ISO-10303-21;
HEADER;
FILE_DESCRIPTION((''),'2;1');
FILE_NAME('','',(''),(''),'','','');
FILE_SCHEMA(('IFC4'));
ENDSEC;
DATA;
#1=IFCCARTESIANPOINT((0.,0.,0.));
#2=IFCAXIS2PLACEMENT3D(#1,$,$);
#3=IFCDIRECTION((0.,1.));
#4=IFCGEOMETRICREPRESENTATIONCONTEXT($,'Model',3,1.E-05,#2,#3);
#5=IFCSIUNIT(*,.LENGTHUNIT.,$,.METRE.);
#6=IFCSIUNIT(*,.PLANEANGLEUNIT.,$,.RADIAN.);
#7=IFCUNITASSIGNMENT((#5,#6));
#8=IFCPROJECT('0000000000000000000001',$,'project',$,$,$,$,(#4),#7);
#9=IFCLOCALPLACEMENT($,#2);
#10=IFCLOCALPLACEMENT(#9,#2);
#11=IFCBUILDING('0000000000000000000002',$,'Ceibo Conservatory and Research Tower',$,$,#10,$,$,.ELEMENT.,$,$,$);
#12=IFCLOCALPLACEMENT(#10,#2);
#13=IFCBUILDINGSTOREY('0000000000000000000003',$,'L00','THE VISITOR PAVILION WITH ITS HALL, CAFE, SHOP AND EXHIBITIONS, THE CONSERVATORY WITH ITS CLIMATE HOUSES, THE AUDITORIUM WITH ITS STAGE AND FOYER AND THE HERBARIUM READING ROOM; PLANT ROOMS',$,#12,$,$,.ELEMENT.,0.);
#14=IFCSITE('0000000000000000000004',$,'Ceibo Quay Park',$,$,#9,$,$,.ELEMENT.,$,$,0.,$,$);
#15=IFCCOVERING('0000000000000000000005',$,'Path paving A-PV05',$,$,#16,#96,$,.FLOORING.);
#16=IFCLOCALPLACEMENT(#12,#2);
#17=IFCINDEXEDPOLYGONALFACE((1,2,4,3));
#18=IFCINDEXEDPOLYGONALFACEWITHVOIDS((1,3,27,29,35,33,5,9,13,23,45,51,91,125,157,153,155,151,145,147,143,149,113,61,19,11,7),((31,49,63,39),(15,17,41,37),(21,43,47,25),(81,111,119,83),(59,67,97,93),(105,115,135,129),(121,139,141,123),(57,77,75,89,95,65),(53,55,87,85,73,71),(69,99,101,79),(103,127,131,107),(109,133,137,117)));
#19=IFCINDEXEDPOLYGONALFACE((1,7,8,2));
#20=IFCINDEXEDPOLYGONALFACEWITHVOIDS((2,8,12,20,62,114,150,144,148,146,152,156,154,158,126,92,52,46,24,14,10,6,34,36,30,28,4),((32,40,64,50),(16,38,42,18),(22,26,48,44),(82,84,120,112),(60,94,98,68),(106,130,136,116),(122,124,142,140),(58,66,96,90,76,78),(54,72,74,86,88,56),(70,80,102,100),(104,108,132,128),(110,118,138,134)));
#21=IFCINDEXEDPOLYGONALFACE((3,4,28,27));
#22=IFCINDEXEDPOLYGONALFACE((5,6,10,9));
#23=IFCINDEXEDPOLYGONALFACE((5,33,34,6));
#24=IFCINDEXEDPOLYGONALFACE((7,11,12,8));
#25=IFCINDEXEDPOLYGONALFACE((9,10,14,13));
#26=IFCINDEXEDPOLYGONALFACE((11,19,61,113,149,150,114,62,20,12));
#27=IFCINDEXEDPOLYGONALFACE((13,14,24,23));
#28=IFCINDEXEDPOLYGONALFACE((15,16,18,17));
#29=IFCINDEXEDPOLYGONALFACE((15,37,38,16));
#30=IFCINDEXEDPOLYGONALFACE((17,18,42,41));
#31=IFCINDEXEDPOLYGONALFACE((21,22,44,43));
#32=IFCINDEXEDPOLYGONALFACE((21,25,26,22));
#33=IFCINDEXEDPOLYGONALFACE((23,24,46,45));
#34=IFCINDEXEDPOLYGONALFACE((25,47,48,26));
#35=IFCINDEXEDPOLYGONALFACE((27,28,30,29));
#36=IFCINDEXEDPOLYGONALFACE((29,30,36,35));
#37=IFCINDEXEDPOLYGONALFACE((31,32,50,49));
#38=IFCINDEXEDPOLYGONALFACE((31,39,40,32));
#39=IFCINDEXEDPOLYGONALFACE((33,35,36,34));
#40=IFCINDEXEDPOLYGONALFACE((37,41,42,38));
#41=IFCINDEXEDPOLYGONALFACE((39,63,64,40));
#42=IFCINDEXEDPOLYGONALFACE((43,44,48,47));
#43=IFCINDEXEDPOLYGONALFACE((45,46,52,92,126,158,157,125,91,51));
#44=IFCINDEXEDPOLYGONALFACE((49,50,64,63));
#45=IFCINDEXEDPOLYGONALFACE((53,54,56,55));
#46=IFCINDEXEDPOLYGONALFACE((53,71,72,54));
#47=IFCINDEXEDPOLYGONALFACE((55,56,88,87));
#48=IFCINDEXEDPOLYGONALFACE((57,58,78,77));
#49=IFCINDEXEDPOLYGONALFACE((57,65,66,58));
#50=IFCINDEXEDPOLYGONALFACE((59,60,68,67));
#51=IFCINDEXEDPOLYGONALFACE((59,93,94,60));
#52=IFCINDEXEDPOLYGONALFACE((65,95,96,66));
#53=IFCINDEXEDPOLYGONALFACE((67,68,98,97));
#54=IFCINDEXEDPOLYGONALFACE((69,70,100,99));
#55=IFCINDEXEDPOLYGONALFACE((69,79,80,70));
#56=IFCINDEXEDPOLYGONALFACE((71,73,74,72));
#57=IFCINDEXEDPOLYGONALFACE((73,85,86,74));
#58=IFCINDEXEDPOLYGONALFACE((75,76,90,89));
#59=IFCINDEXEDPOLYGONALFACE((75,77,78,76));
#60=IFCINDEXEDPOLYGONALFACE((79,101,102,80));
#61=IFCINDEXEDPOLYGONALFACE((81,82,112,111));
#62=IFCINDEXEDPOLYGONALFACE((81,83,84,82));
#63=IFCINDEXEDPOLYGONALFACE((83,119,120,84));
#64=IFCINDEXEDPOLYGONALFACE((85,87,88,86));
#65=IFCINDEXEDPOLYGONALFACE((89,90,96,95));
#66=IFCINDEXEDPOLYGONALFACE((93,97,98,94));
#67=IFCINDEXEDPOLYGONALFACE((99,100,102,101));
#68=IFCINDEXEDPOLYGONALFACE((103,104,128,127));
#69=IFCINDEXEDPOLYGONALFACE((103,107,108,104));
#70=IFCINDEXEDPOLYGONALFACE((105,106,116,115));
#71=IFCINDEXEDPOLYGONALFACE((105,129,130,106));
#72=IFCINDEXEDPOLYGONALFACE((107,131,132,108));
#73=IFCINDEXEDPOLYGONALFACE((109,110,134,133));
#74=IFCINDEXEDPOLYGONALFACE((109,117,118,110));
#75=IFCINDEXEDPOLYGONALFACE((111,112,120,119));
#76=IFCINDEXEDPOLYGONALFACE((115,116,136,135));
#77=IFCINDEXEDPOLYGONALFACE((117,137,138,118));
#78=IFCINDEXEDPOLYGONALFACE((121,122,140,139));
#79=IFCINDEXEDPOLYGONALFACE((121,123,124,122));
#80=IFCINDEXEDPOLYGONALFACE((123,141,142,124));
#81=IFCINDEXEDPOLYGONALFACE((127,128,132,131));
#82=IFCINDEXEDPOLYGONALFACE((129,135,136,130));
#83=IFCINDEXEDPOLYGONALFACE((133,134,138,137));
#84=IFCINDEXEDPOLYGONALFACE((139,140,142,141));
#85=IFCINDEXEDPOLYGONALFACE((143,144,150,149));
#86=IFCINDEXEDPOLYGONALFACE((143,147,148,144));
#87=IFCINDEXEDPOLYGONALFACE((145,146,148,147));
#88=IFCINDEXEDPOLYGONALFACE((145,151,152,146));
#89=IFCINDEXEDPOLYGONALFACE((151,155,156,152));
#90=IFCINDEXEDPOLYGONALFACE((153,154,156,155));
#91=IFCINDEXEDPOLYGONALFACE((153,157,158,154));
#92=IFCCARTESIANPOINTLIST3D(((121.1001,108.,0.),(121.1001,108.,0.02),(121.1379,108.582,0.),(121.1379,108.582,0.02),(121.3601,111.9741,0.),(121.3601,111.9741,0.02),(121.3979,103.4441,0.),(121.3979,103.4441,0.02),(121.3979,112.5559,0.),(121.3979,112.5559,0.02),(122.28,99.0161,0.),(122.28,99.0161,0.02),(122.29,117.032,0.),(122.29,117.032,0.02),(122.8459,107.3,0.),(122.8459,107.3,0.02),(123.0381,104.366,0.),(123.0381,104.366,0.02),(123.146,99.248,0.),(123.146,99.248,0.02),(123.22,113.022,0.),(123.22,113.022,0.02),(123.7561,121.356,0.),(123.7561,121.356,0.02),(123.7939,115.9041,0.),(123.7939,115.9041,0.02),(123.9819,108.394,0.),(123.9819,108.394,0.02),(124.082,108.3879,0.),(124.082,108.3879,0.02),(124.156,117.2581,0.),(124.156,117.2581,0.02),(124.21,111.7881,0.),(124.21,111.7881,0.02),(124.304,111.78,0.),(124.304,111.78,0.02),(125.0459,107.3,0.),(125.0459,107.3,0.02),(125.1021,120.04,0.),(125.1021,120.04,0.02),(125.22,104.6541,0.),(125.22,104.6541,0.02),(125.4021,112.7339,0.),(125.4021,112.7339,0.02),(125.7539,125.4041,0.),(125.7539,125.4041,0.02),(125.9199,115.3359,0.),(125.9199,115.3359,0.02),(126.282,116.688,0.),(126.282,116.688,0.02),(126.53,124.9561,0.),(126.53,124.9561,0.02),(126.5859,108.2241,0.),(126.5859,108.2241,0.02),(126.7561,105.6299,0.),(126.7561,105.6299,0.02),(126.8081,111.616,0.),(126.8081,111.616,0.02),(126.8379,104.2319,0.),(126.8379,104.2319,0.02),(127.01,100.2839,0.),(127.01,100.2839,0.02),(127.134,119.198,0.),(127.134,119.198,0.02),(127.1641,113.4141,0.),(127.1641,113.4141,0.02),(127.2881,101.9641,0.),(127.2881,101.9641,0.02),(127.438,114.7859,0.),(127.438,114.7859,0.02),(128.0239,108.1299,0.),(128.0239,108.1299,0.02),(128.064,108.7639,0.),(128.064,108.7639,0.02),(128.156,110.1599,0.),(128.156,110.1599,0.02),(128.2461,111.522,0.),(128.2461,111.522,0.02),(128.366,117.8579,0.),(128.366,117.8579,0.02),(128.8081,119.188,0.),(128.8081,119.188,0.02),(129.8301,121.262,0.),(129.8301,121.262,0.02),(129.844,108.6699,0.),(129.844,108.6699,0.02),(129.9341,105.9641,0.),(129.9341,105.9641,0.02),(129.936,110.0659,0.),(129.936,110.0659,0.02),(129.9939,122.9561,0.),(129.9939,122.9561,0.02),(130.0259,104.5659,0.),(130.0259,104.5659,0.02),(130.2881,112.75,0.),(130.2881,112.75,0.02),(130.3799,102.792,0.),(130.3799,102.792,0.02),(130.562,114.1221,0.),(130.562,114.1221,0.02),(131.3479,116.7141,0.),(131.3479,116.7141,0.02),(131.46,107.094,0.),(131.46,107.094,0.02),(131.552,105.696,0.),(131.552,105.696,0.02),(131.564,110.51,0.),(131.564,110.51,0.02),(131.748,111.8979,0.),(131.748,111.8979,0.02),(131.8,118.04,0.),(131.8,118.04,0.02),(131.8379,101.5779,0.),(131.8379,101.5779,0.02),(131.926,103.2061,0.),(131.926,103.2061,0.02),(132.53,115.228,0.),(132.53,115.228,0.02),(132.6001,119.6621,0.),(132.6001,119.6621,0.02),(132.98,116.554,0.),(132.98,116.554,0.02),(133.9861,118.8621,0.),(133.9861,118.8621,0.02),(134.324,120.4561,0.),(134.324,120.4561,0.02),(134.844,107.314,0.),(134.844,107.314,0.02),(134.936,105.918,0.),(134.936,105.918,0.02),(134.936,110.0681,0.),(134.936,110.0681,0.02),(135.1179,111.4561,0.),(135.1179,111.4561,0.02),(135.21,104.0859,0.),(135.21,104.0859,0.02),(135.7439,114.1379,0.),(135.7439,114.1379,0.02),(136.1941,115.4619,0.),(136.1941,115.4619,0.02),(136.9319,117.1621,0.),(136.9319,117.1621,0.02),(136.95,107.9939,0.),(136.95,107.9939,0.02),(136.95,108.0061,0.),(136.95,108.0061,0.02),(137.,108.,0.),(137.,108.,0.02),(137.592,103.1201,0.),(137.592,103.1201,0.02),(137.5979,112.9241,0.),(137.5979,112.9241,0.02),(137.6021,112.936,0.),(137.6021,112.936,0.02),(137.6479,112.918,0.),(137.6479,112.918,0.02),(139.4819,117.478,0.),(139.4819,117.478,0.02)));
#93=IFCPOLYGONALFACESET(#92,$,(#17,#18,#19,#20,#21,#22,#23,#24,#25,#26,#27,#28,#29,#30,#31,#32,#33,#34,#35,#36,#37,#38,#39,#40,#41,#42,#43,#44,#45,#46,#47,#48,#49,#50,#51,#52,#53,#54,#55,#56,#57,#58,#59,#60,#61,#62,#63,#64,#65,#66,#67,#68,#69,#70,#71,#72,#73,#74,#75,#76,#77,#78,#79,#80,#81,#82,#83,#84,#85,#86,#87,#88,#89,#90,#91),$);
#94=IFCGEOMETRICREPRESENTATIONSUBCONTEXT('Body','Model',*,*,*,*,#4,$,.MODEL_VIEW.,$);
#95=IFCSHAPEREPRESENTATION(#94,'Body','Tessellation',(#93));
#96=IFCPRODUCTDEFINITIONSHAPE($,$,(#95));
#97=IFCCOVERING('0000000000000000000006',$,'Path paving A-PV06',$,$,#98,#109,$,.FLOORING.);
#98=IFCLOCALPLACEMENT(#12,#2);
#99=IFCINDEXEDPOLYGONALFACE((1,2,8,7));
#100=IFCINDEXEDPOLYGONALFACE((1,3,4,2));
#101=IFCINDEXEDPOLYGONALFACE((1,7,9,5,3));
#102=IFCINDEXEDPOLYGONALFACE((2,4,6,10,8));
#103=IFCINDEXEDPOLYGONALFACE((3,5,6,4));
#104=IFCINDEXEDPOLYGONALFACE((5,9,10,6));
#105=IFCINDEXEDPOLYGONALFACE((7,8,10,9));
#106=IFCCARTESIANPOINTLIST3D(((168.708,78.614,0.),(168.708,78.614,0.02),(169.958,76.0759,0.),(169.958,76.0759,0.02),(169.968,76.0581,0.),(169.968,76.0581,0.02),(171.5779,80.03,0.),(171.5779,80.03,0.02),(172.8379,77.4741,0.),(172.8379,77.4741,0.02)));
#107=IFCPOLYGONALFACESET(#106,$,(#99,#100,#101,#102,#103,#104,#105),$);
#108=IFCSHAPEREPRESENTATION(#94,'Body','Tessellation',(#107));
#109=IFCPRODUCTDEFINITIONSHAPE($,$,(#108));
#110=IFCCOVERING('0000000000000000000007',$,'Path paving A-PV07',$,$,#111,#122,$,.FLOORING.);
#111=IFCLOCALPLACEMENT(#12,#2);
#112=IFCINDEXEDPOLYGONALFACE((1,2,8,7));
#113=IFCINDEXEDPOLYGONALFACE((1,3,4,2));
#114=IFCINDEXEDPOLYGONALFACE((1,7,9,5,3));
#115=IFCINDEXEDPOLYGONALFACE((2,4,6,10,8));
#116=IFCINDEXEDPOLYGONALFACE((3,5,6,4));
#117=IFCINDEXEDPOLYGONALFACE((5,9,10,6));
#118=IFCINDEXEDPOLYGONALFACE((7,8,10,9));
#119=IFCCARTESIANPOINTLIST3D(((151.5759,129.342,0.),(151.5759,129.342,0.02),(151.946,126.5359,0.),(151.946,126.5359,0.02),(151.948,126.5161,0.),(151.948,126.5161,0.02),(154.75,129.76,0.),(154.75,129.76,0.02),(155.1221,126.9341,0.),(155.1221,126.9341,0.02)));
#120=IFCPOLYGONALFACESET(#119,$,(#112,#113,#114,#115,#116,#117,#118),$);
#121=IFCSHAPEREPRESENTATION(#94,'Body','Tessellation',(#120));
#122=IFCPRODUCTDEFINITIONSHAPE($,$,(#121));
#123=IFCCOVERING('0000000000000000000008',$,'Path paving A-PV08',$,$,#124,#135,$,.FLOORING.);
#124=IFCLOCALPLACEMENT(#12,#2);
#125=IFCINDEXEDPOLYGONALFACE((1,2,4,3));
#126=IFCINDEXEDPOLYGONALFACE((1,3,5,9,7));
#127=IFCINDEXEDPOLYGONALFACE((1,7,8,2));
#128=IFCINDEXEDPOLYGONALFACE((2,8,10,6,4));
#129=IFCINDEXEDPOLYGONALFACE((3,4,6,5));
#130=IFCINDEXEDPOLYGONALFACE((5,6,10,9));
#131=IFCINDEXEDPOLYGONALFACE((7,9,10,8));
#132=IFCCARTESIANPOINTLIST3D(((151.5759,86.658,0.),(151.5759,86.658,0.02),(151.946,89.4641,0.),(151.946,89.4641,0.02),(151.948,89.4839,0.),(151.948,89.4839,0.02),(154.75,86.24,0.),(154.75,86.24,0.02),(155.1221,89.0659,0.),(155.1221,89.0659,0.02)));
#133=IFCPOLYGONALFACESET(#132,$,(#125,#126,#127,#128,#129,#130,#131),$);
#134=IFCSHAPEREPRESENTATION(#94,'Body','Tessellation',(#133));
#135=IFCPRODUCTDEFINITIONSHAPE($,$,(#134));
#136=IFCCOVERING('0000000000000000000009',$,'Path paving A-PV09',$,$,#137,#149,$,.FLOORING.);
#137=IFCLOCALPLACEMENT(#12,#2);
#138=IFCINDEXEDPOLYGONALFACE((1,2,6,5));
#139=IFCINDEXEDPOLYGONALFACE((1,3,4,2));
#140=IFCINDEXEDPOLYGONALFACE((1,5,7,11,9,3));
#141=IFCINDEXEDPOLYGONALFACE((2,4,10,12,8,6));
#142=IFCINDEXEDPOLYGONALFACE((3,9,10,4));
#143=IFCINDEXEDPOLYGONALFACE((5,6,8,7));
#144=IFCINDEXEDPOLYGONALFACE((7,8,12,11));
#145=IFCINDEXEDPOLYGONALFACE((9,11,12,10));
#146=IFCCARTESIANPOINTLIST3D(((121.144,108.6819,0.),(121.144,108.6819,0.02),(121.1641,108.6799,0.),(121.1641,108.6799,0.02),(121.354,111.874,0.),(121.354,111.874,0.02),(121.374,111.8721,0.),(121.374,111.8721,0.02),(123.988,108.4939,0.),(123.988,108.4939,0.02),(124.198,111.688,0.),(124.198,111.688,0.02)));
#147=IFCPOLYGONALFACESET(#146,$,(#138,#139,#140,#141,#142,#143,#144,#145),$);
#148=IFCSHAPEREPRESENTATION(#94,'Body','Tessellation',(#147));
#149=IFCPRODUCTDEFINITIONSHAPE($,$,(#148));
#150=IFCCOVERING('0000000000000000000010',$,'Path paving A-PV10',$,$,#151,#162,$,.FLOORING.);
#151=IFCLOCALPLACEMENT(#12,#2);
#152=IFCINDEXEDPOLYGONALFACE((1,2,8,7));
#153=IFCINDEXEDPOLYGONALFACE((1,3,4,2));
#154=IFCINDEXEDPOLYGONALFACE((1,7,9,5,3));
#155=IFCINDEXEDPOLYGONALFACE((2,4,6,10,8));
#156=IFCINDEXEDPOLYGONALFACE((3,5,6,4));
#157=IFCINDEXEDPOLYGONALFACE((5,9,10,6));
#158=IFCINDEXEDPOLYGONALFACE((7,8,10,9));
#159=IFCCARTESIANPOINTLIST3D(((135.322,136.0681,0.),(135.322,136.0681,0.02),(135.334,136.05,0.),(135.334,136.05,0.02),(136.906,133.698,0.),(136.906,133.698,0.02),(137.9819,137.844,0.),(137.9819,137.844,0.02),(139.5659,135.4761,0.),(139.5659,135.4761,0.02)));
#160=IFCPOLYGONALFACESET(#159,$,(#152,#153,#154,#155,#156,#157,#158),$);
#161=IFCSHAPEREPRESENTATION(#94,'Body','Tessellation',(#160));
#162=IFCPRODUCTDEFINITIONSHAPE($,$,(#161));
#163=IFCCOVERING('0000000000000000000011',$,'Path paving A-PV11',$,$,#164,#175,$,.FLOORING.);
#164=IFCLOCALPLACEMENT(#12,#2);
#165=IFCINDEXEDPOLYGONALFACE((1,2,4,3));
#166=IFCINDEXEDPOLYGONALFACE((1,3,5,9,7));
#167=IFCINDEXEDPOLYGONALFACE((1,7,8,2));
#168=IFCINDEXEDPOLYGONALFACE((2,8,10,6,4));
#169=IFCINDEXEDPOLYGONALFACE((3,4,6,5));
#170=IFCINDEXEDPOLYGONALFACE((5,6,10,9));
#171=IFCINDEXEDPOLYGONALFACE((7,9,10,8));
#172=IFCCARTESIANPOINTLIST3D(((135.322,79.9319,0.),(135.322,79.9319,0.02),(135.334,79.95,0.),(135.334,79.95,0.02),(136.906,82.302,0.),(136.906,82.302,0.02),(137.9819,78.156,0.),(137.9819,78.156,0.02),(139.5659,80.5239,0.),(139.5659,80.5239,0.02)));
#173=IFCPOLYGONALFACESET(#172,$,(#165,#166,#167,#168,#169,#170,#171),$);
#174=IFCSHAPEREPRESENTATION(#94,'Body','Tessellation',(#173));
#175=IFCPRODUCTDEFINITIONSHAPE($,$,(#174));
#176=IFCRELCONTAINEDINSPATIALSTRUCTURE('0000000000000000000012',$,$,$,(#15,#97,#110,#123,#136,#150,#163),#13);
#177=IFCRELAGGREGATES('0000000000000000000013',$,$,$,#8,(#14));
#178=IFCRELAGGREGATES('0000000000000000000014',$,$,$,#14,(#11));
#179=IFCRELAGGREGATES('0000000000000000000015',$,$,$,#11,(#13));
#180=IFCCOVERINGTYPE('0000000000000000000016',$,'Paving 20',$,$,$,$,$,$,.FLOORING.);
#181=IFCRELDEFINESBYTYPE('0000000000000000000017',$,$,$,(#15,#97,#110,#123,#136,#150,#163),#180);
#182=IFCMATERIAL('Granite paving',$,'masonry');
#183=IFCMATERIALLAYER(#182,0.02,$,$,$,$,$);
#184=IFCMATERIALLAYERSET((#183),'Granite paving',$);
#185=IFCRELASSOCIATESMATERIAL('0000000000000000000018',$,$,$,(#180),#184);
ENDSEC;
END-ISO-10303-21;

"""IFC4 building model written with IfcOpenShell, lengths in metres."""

from ifc_helpers import new_model, si_unit, direction, origin, place, context, subcontext, project, spatial, polyline, outline, extrude, material, layer, layer_set, type_object, element, save


model = new_model("IFC4")

# Units and contexts
model_context = context("Model", 3, precision=1e-05, world=origin(), true_north=direction((0.0, 1.0)))
body_context = subcontext(model_context, "Body", "Model", "MODEL_VIEW")
ifc_project = project(units=[si_unit("LENGTHUNIT", "METRE"), si_unit("PLANEANGLEUNIT", "RADIAN")], contexts=[model_context])

# Site, building, storey
site_placement = place(None, origin())
site = spatial("IfcSite", under=ifc_project, at=site_placement, Name="Ceibo Quay Park", CompositionType="ELEMENT", RefElevation=0.0)
building_placement = place(site_placement, origin())
building = spatial("IfcBuilding", under=site, at=building_placement, Name="Ceibo Conservatory and Research Tower", CompositionType="ELEMENT")
storey_placement = place(building_placement, origin())
storey = spatial("IfcBuildingStorey", under=building, at=storey_placement, Name="L00", Description="THE VISITOR PAVILION WITH ITS HALL, CAFE, SHOP AND EXHIBITIONS, THE CONSERVATORY WITH ITS CLIMATE HOUSES, THE AUDITORIUM WITH ITS STAGE AND FOYER AND THE HERBARIUM READING ROOM; PLANT ROOMS", CompositionType="ELEMENT", Elevation=0.0)

# Coverings
ifc_material_1 = material(Name="Granite paving", Category="masonry")
ifc_layer_1 = layer(ifc_material_1, 0.02)
ifc_layer_set_1 = layer_set([ifc_layer_1], Name="Granite paving")
covering_type_1 = type_object("IfcCoveringType", Name="Paving 20", PredefinedType="FLOORING", material=ifc_layer_set_1)
covering_1_placement = place(storey_placement, origin())
element("IfcCovering", 1, at=covering_1_placement, inside=storey, type_object=covering_type_1, Name="Path paving A-PV05", PredefinedType="FLOORING", context=body_context, shape_type="SweptSolid", body=[
    extrude(outline(polyline([(121.3601, 111.9741), (124.21, 111.7881), (124.304, 111.78), (124.082, 108.3879), (123.9819, 108.394), (121.1379, 108.582), (121.1001, 108.0), (121.3979, 103.4441), (122.28, 99.0161), (123.146, 99.248), (127.01, 100.2839), (131.8379, 101.5779), (137.592, 103.1201), (136.95, 107.9939), (137.0, 108.0), (136.95, 108.0061), (137.5979, 112.9241), (137.6479, 112.918), (137.6021, 112.936), (139.4819, 117.478), (134.324, 120.4561), (129.9939, 122.9561), (126.53, 124.9561), (125.7539, 125.4041), (123.7561, 121.356), (122.29, 117.032), (121.3979, 112.5559), (121.3601, 111.9741)]), holes=[polyline([(136.9319, 117.1621), (136.1941, 115.4619), (132.98, 116.554), (133.9861, 118.8621), (136.9319, 117.1621)]), polyline([(132.53, 115.228), (135.7439, 114.1379), (135.1179, 111.4561), (131.748, 111.8979), (132.53, 115.228)]), polyline([(134.936, 105.918), (135.21, 104.0859), (131.926, 103.2061), (131.552, 105.696), (134.936, 105.918)]), polyline([(131.564, 110.51), (134.936, 110.0681), (134.844, 107.314), (131.46, 107.094), (131.564, 110.51)]), polyline([(131.8, 118.04), (128.8081, 119.188), (129.8301, 121.262), (132.6001, 119.6621), (131.8, 118.04)]), polyline([(131.3479, 116.7141), (130.562, 114.1221), (127.438, 114.7859), (128.366, 117.8579), (131.3479, 116.7141)]), polyline([(126.8379, 104.2319), (130.0259, 104.5659), (130.3799, 102.792), (127.2881, 101.9641), (126.8379, 104.2319)]), polyline([(129.936, 110.0659), (128.156, 110.1599), (128.2461, 111.522), (126.8081, 111.616), (127.1641, 113.4141), (130.2881, 112.75), (129.936, 110.0659)]), polyline([(129.844, 108.6699), (129.9341, 105.9641), (126.7561, 105.6299), (126.5859, 108.2241), (128.0239, 108.1299), (128.064, 108.7639), (129.844, 108.6699)]), polyline([(126.282, 116.688), (124.156, 117.2581), (125.1021, 120.04), (127.134, 119.198), (126.282, 116.688)]), polyline([(125.4021, 112.7339), (123.22, 113.022), (123.7939, 115.9041), (125.9199, 115.3359), (125.4021, 112.7339)]), polyline([(125.22, 104.6541), (123.0381, 104.366), (122.8459, 107.3), (125.0459, 107.3), (125.22, 104.6541)])]), origin(), (0.0, 0.0, 1.0), 0.02),
])
covering_2_placement = place(storey_placement, origin())
element("IfcCovering", 2, at=covering_2_placement, inside=storey, type_object=covering_type_1, Name="Path paving A-PV06", PredefinedType="FLOORING", context=body_context, shape_type="SweptSolid", body=[
    extrude(outline(polyline([(171.5779, 80.03), (168.708, 78.614), (169.958, 76.0759), (169.968, 76.0581), (172.8379, 77.4741), (171.5779, 80.03)])), origin(), (0.0, 0.0, 1.0), 0.02),
])
covering_3_placement = place(storey_placement, origin())
element("IfcCovering", 3, at=covering_3_placement, inside=storey, type_object=covering_type_1, Name="Path paving A-PV07", PredefinedType="FLOORING", context=body_context, shape_type="SweptSolid", body=[
    extrude(outline(polyline([(154.75, 129.76), (151.5759, 129.342), (151.946, 126.5359), (151.948, 126.5161), (155.1221, 126.9341), (154.75, 129.76)])), origin(), (0.0, 0.0, 1.0), 0.02),
])
covering_4_placement = place(storey_placement, origin())
element("IfcCovering", 4, at=covering_4_placement, inside=storey, type_object=covering_type_1, Name="Path paving A-PV08", PredefinedType="FLOORING", context=body_context, shape_type="SweptSolid", body=[
    extrude(outline(polyline([(151.946, 89.4641), (151.5759, 86.658), (154.75, 86.24), (155.1221, 89.0659), (151.948, 89.4839), (151.946, 89.4641)])), origin(), (0.0, 0.0, 1.0), 0.02),
])
covering_5_placement = place(storey_placement, origin())
element("IfcCovering", 5, at=covering_5_placement, inside=storey, type_object=covering_type_1, Name="Path paving A-PV09", PredefinedType="FLOORING", context=body_context, shape_type="SweptSolid", body=[
    extrude(outline(polyline([(121.354, 111.874), (121.144, 108.6819), (121.1641, 108.6799), (123.988, 108.4939), (124.198, 111.688), (121.374, 111.8721), (121.354, 111.874)])), origin(), (0.0, 0.0, 1.0), 0.02),
])
covering_6_placement = place(storey_placement, origin())
element("IfcCovering", 6, at=covering_6_placement, inside=storey, type_object=covering_type_1, Name="Path paving A-PV10", PredefinedType="FLOORING", context=body_context, shape_type="SweptSolid", body=[
    extrude(outline(polyline([(135.334, 136.05), (136.906, 133.698), (139.5659, 135.4761), (137.9819, 137.844), (135.322, 136.0681), (135.334, 136.05)])), origin(), (0.0, 0.0, 1.0), 0.02),
])
covering_7_placement = place(storey_placement, origin())
element("IfcCovering", 7, at=covering_7_placement, inside=storey, type_object=covering_type_1, Name="Path paving A-PV11", PredefinedType="FLOORING", context=body_context, shape_type="SweptSolid", body=[
    extrude(outline(polyline([(139.5659, 80.5239), (136.906, 82.302), (135.334, 79.95), (135.322, 79.9319), (137.9819, 78.156), (139.5659, 80.5239)])), origin(), (0.0, 0.0, 1.0), 0.02),
])

save(model, "model.ifc")
